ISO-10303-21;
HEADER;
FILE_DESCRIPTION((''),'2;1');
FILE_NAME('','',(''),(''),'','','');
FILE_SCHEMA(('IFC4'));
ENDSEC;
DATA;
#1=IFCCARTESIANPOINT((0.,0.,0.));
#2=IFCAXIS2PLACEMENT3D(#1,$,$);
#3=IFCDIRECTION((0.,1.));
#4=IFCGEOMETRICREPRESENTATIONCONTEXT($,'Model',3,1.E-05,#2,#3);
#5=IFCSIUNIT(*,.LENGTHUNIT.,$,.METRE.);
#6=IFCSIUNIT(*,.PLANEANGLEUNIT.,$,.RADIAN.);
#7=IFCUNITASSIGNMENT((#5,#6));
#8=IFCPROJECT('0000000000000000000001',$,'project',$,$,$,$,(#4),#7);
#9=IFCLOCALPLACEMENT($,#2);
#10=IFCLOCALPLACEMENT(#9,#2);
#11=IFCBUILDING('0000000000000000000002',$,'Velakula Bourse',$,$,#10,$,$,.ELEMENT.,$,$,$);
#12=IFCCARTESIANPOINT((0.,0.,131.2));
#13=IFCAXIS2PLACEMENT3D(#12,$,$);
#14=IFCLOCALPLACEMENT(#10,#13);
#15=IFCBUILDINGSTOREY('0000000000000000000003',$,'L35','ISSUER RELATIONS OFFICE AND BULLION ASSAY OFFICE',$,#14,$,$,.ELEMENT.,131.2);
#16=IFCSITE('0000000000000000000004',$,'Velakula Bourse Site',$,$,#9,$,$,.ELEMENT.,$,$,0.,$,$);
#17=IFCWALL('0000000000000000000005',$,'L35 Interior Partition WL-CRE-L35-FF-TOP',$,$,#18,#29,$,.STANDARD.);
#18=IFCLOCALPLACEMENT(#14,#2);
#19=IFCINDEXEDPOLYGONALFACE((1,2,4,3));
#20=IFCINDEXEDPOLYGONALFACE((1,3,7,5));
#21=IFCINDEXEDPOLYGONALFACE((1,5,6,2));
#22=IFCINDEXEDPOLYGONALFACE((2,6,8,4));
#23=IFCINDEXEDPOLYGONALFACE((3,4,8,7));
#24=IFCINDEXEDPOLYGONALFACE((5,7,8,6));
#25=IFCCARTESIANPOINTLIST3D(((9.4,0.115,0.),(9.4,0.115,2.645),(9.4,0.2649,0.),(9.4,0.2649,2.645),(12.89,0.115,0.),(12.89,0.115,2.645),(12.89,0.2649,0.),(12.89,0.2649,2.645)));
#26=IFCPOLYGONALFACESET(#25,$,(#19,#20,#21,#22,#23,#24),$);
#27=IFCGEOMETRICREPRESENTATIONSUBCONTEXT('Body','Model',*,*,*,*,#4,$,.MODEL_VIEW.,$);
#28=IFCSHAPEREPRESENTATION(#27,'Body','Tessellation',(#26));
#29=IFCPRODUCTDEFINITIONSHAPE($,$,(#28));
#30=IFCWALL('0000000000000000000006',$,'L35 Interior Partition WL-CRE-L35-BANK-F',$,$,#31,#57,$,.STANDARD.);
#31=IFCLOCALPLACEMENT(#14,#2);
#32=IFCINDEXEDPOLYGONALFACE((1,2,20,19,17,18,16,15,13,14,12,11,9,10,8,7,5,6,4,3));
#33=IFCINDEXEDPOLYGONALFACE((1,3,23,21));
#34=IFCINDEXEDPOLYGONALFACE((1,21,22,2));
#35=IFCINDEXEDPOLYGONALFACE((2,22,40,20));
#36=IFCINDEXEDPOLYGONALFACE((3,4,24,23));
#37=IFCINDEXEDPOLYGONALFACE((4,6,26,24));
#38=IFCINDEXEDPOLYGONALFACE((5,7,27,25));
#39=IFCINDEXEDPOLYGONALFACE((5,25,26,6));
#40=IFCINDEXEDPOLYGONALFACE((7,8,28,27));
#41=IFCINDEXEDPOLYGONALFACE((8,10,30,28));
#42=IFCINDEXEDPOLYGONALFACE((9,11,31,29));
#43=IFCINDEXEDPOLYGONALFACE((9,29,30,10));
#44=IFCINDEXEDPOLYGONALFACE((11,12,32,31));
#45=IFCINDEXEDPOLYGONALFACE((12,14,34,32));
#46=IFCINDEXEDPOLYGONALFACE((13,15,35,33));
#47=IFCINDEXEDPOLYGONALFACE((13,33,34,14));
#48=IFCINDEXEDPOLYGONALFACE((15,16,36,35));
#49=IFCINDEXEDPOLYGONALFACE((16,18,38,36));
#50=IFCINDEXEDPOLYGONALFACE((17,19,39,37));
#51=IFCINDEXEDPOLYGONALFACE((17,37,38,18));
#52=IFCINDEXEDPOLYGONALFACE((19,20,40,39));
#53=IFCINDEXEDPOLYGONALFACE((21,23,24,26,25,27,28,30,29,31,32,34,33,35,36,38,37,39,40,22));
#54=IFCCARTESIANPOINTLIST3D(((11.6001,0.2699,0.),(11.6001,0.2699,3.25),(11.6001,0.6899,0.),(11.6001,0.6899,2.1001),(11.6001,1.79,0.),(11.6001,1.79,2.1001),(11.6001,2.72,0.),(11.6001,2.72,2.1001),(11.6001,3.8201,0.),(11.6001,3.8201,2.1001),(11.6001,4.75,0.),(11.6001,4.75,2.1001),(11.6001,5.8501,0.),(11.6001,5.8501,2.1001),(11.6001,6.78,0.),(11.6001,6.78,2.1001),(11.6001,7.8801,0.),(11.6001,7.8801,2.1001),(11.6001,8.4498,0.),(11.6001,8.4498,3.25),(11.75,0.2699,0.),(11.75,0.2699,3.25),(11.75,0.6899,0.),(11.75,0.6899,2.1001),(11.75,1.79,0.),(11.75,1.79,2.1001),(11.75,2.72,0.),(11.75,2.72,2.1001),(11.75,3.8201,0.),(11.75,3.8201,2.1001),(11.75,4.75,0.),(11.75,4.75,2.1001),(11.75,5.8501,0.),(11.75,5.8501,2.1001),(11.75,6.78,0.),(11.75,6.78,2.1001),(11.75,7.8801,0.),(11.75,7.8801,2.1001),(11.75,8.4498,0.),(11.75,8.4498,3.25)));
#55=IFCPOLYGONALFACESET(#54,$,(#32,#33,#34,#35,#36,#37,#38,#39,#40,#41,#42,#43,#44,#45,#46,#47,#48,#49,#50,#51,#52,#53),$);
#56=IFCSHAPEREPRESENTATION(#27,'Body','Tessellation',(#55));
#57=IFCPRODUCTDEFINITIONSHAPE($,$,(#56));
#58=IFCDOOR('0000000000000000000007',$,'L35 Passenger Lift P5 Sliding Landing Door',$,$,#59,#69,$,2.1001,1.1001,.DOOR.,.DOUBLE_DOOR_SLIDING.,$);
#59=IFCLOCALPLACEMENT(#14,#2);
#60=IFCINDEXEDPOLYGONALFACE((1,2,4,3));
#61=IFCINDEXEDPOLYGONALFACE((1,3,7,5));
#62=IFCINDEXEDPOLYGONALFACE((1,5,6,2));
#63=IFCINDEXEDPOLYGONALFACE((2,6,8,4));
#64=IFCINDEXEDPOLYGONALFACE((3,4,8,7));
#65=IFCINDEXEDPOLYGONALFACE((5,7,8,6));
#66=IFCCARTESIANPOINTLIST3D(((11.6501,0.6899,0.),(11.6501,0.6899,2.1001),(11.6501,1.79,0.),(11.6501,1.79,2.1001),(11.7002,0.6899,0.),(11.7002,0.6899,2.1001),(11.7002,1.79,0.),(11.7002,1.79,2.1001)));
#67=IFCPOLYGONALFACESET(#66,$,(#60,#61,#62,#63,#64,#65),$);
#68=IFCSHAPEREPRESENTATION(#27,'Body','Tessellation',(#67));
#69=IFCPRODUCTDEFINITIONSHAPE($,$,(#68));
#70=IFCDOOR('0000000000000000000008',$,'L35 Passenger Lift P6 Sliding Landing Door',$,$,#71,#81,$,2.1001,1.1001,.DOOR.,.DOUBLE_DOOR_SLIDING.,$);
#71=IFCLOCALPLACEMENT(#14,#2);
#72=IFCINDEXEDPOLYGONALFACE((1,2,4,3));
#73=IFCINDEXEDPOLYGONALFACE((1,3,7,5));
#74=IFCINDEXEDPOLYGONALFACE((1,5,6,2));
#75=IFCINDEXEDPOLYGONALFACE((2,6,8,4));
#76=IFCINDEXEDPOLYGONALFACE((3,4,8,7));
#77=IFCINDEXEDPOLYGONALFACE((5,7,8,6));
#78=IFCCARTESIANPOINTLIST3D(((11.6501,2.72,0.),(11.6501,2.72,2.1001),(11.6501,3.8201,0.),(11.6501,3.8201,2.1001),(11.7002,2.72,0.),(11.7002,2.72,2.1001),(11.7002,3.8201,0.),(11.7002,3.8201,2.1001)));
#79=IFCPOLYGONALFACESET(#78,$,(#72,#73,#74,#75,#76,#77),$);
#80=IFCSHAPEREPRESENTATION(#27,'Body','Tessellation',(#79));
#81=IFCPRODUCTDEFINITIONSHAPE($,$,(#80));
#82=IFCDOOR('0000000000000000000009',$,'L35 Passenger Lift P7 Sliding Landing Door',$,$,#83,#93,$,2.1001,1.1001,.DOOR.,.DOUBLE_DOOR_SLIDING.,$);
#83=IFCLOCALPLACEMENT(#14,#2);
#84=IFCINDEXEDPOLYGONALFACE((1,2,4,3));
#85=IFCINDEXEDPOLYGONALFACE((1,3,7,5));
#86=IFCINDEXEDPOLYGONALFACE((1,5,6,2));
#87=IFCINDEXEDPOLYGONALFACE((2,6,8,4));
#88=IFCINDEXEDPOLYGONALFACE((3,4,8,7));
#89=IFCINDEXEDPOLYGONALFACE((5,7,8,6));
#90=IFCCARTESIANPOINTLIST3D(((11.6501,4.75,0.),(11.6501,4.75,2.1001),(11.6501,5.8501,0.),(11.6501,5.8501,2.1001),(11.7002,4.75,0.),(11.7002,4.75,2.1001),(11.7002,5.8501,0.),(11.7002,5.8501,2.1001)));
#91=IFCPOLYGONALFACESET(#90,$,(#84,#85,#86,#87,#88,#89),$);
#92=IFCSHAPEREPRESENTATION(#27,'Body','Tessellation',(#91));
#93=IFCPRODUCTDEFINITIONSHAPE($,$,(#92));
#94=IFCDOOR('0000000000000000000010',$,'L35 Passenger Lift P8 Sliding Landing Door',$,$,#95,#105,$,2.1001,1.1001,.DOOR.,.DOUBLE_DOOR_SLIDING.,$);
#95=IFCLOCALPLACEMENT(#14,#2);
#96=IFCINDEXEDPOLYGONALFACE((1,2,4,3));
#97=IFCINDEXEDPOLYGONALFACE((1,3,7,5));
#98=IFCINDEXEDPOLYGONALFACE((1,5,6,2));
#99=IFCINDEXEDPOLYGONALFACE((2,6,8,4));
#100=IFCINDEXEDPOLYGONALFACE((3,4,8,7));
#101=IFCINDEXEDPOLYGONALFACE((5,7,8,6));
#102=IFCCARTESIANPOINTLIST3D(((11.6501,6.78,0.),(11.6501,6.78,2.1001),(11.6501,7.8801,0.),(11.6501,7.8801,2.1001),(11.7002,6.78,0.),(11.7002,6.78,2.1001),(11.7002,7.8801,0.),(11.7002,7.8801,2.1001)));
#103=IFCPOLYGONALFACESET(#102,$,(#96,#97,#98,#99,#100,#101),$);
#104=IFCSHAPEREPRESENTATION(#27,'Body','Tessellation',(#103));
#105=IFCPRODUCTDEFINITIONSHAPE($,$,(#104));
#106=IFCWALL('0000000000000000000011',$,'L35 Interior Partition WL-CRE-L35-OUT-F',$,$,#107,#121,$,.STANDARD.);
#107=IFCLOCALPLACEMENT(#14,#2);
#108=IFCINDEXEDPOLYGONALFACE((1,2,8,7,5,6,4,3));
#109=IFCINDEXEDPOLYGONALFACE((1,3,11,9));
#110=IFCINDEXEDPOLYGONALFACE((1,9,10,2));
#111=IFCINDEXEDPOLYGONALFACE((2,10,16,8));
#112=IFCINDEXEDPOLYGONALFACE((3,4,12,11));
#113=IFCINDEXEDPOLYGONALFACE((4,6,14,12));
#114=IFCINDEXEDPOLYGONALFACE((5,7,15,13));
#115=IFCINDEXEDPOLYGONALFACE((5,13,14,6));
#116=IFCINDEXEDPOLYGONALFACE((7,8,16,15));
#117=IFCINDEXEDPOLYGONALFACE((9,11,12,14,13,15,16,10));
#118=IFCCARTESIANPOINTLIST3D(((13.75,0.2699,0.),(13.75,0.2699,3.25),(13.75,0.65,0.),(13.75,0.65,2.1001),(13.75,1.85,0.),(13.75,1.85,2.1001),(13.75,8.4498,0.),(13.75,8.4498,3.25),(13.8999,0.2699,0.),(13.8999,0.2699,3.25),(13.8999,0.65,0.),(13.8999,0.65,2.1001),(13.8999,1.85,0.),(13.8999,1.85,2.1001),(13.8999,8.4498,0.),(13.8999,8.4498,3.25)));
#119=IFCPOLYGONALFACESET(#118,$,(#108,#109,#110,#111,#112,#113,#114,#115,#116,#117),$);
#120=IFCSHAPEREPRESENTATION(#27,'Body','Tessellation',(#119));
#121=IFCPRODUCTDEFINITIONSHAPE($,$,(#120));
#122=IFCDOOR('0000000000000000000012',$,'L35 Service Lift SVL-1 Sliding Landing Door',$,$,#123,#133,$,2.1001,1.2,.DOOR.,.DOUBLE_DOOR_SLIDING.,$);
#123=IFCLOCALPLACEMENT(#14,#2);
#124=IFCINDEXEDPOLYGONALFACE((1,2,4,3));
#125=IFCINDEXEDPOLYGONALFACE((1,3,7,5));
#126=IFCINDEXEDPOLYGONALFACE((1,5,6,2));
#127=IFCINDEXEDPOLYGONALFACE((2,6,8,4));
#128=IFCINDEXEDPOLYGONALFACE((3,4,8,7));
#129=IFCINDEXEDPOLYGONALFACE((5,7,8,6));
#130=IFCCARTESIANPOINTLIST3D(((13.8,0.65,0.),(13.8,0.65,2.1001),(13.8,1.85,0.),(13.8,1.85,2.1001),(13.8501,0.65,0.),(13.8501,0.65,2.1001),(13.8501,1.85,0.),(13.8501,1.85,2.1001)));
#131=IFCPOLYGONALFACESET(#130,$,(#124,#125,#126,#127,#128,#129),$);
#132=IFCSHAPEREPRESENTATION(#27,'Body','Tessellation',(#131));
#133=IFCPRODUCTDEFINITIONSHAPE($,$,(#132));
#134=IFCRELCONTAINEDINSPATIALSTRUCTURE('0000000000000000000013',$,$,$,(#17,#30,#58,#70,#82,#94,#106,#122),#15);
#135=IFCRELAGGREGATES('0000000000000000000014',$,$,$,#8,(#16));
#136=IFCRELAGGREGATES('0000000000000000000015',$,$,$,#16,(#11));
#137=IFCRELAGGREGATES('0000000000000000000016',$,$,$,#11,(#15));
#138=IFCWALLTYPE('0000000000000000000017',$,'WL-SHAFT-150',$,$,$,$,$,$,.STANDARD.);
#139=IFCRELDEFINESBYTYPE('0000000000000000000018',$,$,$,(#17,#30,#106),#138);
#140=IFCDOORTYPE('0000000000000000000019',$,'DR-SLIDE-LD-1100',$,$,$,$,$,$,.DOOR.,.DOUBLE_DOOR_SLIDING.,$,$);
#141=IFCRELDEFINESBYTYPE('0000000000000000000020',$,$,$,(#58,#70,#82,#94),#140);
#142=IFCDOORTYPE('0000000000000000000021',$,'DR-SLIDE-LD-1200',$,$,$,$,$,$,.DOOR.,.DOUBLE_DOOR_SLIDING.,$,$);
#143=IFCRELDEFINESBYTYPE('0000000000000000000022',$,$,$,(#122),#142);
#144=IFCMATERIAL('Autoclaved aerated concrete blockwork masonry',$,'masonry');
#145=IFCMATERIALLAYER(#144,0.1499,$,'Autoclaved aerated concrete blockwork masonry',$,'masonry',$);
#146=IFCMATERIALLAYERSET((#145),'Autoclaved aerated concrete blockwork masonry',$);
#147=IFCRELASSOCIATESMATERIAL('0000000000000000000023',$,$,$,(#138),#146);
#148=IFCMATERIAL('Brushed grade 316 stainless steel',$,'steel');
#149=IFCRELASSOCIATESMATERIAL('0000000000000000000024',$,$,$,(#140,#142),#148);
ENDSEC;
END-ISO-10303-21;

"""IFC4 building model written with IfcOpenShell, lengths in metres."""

from ifc_helpers import new_model, si_unit, direction, frame, frame_2d, origin, place, context, subcontext, project, spatial, rectangle, extrude, material, layer, layer_set, type_object, element, fill, save


model = new_model("IFC4")

# Units and contexts
model_context = context("Model", 3, precision=1e-05, world=origin(), true_north=direction((0.0, 1.0)))
body_context = subcontext(model_context, "Body", "Model", "MODEL_VIEW")
ifc_project = project(units=[si_unit("LENGTHUNIT", "METRE"), si_unit("PLANEANGLEUNIT", "RADIAN")], contexts=[model_context])

# Site, building, storey
site_placement = place(None, origin())
site = spatial("IfcSite", under=ifc_project, at=site_placement, Name="Velakula Bourse Site", CompositionType="ELEMENT", RefElevation=0.0)
building_placement = place(site_placement, origin())
building = spatial("IfcBuilding", under=site, at=building_placement, Name="Velakula Bourse", CompositionType="ELEMENT")
storey_placement = place(building_placement, frame((0.0, 0.0, 131.2)))
storey = spatial("IfcBuildingStorey", under=building, at=storey_placement, Name="L35", Description="ISSUER RELATIONS OFFICE AND BULLION ASSAY OFFICE", CompositionType="ELEMENT", Elevation=131.2)

# Wall
ifc_material_1 = material(Name="Autoclaved aerated concrete blockwork masonry", Category="masonry")
ifc_layer_1 = layer(ifc_material_1, 0.1499, Name="Autoclaved aerated concrete blockwork masonry", Category="masonry")
ifc_layer_set_1 = layer_set([ifc_layer_1], Name="Autoclaved aerated concrete blockwork masonry")
wall_type_1 = type_object("IfcWallType", Name="WL-SHAFT-150", PredefinedType="STANDARD", material=ifc_layer_set_1)
wall_1_placement = place(storey_placement, frame((9.3999, 0.1899, 0.0), z_axis=(0.0, 0.0, 1.0), x_axis=(1.0, 0.0, 0.0)))
element("IfcWall", 1, at=wall_1_placement, inside=storey, type_object=wall_type_1, Name="L35 Interior Partition WL-CRE-L35-FF-TOP", PredefinedType="STANDARD", context=body_context, shape_type="SweptSolid", body=[
    extrude(rectangle(XDim=3.49, YDim=0.1499, at=frame_2d((1.7451, 0.0))), origin(), (0.0, 0.0, 1.0), 2.645),
])

# Wall, openings, doors
wall_2_placement = place(storey_placement, frame((11.675, 0.27, 0.0), z_axis=(0.0, 0.0, 1.0), x_axis=(0.0, 1.0, 0.0)))
wall_2 = element("IfcWall", 2, at=wall_2_placement, inside=storey, type_object=wall_type_1, Name="L35 Interior Partition WL-CRE-L35-BANK-F", PredefinedType="STANDARD", context=body_context, shape_type="SweptSolid", body=[
    extrude(rectangle(XDim=8.1799, YDim=0.1499, at=frame_2d((4.0898, 0.0))), origin(), (0.0, 0.0, 1.0), 3.25),
])
opening_1_placement = place(wall_2_placement, frame((0.4199, 0.0, 0.0)))
opening_1 = element("IfcOpeningElement", 3, at=opening_1_placement, cuts=wall_2, PredefinedType="OPENING", context=body_context, shape_type="SweptSolid", body=[
    extrude(rectangle(XDim=1.1001, YDim=2.1001, at=frame_2d((0.55, 1.05))), frame((0.0, 0.085, 0.0), z_axis=(0.0, -1.0, 0.0), x_axis=(1.0, 0.0, 0.0)), (0.0, 0.0, 1.0), 0.1699),
])
opening_2_placement = place(wall_2_placement, frame((2.45, 0.0, 0.0)))
opening_2 = element("IfcOpeningElement", 4, at=opening_2_placement, cuts=wall_2, PredefinedType="OPENING", context=body_context, shape_type="SweptSolid", body=[
    extrude(rectangle(XDim=1.1001, YDim=2.1001, at=frame_2d((0.55, 1.05))), frame((0.0, 0.085, 0.0), z_axis=(0.0, -1.0, 0.0), x_axis=(1.0, 0.0, 0.0)), (0.0, 0.0, 1.0), 0.1699),
])
opening_3_placement = place(wall_2_placement, frame((4.48, 0.0, 0.0)))
opening_3 = element("IfcOpeningElement", 5, at=opening_3_placement, cuts=wall_2, PredefinedType="OPENING", context=body_context, shape_type="SweptSolid", body=[
    extrude(rectangle(XDim=1.1001, YDim=2.1001, at=frame_2d((0.55, 1.05))), frame((0.0, 0.085, 0.0), z_axis=(0.0, -1.0, 0.0), x_axis=(1.0, 0.0, 0.0)), (0.0, 0.0, 1.0), 0.1699),
])
opening_4_placement = place(wall_2_placement, frame((6.51, 0.0, 0.0)))
opening_4 = element("IfcOpeningElement", 6, at=opening_4_placement, cuts=wall_2, PredefinedType="OPENING", context=body_context, shape_type="SweptSolid", body=[
    extrude(rectangle(XDim=1.1001, YDim=2.1001, at=frame_2d((0.55, 1.05))), frame((0.0, 0.085, 0.0), z_axis=(0.0, -1.0, 0.0), x_axis=(1.0, 0.0, 0.0)), (0.0, 0.0, 1.0), 0.1699),
])
ifc_material_2 = material(Name="Brushed grade 316 stainless steel", Category="steel")
door_type_1 = type_object("IfcDoorType", Name="DR-SLIDE-LD-1100", OperationType="DOUBLE_DOOR_SLIDING", PredefinedType="DOOR", material=ifc_material_2)
door_1_placement = place(opening_1_placement, origin())
door_1 = element("IfcDoor", 7, at=door_1_placement, inside=storey, type_object=door_type_1, Name="L35 Passenger Lift P5 Sliding Landing Door", OperationType="DOUBLE_DOOR_SLIDING", OverallHeight=2.1001, OverallWidth=1.1001, PredefinedType="DOOR", context=body_context, shape_type="SweptSolid", body=[
    extrude(rectangle(XDim=1.1001, YDim=2.1001, at=frame_2d((0.55, 1.05))), frame((0.0, 0.0249, 0.0), z_axis=(0.0, -1.0, 0.0), x_axis=(1.0, 0.0, 0.0)), (0.0, 0.0, 1.0), 0.05),
])
fill(opening_1, door_1)
door_2_placement = place(opening_2_placement, origin())
door_2 = element("IfcDoor", 8, at=door_2_placement, inside=storey, type_object=door_type_1, Name="L35 Passenger Lift P6 Sliding Landing Door", OperationType="DOUBLE_DOOR_SLIDING", OverallHeight=2.1001, OverallWidth=1.1001, PredefinedType="DOOR", context=body_context, shape_type="SweptSolid", body=[
    extrude(rectangle(XDim=1.1001, YDim=2.1001, at=frame_2d((0.55, 1.05))), frame((0.0, 0.0249, 0.0), z_axis=(0.0, -1.0, 0.0), x_axis=(1.0, 0.0, 0.0)), (0.0, 0.0, 1.0), 0.05),
])
fill(opening_2, door_2)
door_3_placement = place(opening_3_placement, origin())
door_3 = element("IfcDoor", 9, at=door_3_placement, inside=storey, type_object=door_type_1, Name="L35 Passenger Lift P7 Sliding Landing Door", OperationType="DOUBLE_DOOR_SLIDING", OverallHeight=2.1001, OverallWidth=1.1001, PredefinedType="DOOR", context=body_context, shape_type="SweptSolid", body=[
    extrude(rectangle(XDim=1.1001, YDim=2.1001, at=frame_2d((0.55, 1.05))), frame((0.0, 0.0249, 0.0), z_axis=(0.0, -1.0, 0.0), x_axis=(1.0, 0.0, 0.0)), (0.0, 0.0, 1.0), 0.05),
])
fill(opening_3, door_3)
door_4_placement = place(opening_4_placement, origin())
door_4 = element("IfcDoor", 10, at=door_4_placement, inside=storey, type_object=door_type_1, Name="L35 Passenger Lift P8 Sliding Landing Door", OperationType="DOUBLE_DOOR_SLIDING", OverallHeight=2.1001, OverallWidth=1.1001, PredefinedType="DOOR", context=body_context, shape_type="SweptSolid", body=[
    extrude(rectangle(XDim=1.1001, YDim=2.1001, at=frame_2d((0.55, 1.05))), frame((0.0, 0.0249, 0.0), z_axis=(0.0, -1.0, 0.0), x_axis=(1.0, 0.0, 0.0)), (0.0, 0.0, 1.0), 0.05),
])
fill(opening_4, door_4)

# Wall, opening, door
wall_3_placement = place(storey_placement, frame((13.825, 0.27, 0.0), z_axis=(0.0, 0.0, 1.0), x_axis=(0.0, 1.0, 0.0)))
wall_3 = element("IfcWall", 11, at=wall_3_placement, inside=storey, type_object=wall_type_1, Name="L35 Interior Partition WL-CRE-L35-OUT-F", PredefinedType="STANDARD", context=body_context, shape_type="SweptSolid", body=[
    extrude(rectangle(XDim=8.1799, YDim=0.1499, at=frame_2d((4.0898, 0.0))), origin(), (0.0, 0.0, 1.0), 3.25),
])
opening_5_placement = place(wall_3_placement, frame((0.3799, 0.0, 0.0)))
opening_5 = element("IfcOpeningElement", 12, at=opening_5_placement, cuts=wall_3, PredefinedType="OPENING", context=body_context, shape_type="SweptSolid", body=[
    extrude(rectangle(XDim=1.2, YDim=2.1001, at=frame_2d((0.6001, 1.05))), frame((0.0, 0.085, 0.0), z_axis=(0.0, -1.0, 0.0), x_axis=(1.0, 0.0, 0.0)), (0.0, 0.0, 1.0), 0.1699),
])
door_type_2 = type_object("IfcDoorType", Name="DR-SLIDE-LD-1200", OperationType="DOUBLE_DOOR_SLIDING", PredefinedType="DOOR", material=ifc_material_2)
door_5_placement = place(opening_5_placement, origin())
door_5 = element("IfcDoor", 13, at=door_5_placement, inside=storey, type_object=door_type_2, Name="L35 Service Lift SVL-1 Sliding Landing Door", OperationType="DOUBLE_DOOR_SLIDING", OverallHeight=2.1001, OverallWidth=1.2, PredefinedType="DOOR", context=body_context, shape_type="SweptSolid", body=[
    extrude(rectangle(XDim=1.2, YDim=2.1001, at=frame_2d((0.6001, 1.05))), frame((0.0, 0.0249, 0.0), z_axis=(0.0, -1.0, 0.0), x_axis=(1.0, 0.0, 0.0)), (0.0, 0.0, 1.0), 0.05),
])
fill(opening_5, door_5)

save(model, "model.ifc")
